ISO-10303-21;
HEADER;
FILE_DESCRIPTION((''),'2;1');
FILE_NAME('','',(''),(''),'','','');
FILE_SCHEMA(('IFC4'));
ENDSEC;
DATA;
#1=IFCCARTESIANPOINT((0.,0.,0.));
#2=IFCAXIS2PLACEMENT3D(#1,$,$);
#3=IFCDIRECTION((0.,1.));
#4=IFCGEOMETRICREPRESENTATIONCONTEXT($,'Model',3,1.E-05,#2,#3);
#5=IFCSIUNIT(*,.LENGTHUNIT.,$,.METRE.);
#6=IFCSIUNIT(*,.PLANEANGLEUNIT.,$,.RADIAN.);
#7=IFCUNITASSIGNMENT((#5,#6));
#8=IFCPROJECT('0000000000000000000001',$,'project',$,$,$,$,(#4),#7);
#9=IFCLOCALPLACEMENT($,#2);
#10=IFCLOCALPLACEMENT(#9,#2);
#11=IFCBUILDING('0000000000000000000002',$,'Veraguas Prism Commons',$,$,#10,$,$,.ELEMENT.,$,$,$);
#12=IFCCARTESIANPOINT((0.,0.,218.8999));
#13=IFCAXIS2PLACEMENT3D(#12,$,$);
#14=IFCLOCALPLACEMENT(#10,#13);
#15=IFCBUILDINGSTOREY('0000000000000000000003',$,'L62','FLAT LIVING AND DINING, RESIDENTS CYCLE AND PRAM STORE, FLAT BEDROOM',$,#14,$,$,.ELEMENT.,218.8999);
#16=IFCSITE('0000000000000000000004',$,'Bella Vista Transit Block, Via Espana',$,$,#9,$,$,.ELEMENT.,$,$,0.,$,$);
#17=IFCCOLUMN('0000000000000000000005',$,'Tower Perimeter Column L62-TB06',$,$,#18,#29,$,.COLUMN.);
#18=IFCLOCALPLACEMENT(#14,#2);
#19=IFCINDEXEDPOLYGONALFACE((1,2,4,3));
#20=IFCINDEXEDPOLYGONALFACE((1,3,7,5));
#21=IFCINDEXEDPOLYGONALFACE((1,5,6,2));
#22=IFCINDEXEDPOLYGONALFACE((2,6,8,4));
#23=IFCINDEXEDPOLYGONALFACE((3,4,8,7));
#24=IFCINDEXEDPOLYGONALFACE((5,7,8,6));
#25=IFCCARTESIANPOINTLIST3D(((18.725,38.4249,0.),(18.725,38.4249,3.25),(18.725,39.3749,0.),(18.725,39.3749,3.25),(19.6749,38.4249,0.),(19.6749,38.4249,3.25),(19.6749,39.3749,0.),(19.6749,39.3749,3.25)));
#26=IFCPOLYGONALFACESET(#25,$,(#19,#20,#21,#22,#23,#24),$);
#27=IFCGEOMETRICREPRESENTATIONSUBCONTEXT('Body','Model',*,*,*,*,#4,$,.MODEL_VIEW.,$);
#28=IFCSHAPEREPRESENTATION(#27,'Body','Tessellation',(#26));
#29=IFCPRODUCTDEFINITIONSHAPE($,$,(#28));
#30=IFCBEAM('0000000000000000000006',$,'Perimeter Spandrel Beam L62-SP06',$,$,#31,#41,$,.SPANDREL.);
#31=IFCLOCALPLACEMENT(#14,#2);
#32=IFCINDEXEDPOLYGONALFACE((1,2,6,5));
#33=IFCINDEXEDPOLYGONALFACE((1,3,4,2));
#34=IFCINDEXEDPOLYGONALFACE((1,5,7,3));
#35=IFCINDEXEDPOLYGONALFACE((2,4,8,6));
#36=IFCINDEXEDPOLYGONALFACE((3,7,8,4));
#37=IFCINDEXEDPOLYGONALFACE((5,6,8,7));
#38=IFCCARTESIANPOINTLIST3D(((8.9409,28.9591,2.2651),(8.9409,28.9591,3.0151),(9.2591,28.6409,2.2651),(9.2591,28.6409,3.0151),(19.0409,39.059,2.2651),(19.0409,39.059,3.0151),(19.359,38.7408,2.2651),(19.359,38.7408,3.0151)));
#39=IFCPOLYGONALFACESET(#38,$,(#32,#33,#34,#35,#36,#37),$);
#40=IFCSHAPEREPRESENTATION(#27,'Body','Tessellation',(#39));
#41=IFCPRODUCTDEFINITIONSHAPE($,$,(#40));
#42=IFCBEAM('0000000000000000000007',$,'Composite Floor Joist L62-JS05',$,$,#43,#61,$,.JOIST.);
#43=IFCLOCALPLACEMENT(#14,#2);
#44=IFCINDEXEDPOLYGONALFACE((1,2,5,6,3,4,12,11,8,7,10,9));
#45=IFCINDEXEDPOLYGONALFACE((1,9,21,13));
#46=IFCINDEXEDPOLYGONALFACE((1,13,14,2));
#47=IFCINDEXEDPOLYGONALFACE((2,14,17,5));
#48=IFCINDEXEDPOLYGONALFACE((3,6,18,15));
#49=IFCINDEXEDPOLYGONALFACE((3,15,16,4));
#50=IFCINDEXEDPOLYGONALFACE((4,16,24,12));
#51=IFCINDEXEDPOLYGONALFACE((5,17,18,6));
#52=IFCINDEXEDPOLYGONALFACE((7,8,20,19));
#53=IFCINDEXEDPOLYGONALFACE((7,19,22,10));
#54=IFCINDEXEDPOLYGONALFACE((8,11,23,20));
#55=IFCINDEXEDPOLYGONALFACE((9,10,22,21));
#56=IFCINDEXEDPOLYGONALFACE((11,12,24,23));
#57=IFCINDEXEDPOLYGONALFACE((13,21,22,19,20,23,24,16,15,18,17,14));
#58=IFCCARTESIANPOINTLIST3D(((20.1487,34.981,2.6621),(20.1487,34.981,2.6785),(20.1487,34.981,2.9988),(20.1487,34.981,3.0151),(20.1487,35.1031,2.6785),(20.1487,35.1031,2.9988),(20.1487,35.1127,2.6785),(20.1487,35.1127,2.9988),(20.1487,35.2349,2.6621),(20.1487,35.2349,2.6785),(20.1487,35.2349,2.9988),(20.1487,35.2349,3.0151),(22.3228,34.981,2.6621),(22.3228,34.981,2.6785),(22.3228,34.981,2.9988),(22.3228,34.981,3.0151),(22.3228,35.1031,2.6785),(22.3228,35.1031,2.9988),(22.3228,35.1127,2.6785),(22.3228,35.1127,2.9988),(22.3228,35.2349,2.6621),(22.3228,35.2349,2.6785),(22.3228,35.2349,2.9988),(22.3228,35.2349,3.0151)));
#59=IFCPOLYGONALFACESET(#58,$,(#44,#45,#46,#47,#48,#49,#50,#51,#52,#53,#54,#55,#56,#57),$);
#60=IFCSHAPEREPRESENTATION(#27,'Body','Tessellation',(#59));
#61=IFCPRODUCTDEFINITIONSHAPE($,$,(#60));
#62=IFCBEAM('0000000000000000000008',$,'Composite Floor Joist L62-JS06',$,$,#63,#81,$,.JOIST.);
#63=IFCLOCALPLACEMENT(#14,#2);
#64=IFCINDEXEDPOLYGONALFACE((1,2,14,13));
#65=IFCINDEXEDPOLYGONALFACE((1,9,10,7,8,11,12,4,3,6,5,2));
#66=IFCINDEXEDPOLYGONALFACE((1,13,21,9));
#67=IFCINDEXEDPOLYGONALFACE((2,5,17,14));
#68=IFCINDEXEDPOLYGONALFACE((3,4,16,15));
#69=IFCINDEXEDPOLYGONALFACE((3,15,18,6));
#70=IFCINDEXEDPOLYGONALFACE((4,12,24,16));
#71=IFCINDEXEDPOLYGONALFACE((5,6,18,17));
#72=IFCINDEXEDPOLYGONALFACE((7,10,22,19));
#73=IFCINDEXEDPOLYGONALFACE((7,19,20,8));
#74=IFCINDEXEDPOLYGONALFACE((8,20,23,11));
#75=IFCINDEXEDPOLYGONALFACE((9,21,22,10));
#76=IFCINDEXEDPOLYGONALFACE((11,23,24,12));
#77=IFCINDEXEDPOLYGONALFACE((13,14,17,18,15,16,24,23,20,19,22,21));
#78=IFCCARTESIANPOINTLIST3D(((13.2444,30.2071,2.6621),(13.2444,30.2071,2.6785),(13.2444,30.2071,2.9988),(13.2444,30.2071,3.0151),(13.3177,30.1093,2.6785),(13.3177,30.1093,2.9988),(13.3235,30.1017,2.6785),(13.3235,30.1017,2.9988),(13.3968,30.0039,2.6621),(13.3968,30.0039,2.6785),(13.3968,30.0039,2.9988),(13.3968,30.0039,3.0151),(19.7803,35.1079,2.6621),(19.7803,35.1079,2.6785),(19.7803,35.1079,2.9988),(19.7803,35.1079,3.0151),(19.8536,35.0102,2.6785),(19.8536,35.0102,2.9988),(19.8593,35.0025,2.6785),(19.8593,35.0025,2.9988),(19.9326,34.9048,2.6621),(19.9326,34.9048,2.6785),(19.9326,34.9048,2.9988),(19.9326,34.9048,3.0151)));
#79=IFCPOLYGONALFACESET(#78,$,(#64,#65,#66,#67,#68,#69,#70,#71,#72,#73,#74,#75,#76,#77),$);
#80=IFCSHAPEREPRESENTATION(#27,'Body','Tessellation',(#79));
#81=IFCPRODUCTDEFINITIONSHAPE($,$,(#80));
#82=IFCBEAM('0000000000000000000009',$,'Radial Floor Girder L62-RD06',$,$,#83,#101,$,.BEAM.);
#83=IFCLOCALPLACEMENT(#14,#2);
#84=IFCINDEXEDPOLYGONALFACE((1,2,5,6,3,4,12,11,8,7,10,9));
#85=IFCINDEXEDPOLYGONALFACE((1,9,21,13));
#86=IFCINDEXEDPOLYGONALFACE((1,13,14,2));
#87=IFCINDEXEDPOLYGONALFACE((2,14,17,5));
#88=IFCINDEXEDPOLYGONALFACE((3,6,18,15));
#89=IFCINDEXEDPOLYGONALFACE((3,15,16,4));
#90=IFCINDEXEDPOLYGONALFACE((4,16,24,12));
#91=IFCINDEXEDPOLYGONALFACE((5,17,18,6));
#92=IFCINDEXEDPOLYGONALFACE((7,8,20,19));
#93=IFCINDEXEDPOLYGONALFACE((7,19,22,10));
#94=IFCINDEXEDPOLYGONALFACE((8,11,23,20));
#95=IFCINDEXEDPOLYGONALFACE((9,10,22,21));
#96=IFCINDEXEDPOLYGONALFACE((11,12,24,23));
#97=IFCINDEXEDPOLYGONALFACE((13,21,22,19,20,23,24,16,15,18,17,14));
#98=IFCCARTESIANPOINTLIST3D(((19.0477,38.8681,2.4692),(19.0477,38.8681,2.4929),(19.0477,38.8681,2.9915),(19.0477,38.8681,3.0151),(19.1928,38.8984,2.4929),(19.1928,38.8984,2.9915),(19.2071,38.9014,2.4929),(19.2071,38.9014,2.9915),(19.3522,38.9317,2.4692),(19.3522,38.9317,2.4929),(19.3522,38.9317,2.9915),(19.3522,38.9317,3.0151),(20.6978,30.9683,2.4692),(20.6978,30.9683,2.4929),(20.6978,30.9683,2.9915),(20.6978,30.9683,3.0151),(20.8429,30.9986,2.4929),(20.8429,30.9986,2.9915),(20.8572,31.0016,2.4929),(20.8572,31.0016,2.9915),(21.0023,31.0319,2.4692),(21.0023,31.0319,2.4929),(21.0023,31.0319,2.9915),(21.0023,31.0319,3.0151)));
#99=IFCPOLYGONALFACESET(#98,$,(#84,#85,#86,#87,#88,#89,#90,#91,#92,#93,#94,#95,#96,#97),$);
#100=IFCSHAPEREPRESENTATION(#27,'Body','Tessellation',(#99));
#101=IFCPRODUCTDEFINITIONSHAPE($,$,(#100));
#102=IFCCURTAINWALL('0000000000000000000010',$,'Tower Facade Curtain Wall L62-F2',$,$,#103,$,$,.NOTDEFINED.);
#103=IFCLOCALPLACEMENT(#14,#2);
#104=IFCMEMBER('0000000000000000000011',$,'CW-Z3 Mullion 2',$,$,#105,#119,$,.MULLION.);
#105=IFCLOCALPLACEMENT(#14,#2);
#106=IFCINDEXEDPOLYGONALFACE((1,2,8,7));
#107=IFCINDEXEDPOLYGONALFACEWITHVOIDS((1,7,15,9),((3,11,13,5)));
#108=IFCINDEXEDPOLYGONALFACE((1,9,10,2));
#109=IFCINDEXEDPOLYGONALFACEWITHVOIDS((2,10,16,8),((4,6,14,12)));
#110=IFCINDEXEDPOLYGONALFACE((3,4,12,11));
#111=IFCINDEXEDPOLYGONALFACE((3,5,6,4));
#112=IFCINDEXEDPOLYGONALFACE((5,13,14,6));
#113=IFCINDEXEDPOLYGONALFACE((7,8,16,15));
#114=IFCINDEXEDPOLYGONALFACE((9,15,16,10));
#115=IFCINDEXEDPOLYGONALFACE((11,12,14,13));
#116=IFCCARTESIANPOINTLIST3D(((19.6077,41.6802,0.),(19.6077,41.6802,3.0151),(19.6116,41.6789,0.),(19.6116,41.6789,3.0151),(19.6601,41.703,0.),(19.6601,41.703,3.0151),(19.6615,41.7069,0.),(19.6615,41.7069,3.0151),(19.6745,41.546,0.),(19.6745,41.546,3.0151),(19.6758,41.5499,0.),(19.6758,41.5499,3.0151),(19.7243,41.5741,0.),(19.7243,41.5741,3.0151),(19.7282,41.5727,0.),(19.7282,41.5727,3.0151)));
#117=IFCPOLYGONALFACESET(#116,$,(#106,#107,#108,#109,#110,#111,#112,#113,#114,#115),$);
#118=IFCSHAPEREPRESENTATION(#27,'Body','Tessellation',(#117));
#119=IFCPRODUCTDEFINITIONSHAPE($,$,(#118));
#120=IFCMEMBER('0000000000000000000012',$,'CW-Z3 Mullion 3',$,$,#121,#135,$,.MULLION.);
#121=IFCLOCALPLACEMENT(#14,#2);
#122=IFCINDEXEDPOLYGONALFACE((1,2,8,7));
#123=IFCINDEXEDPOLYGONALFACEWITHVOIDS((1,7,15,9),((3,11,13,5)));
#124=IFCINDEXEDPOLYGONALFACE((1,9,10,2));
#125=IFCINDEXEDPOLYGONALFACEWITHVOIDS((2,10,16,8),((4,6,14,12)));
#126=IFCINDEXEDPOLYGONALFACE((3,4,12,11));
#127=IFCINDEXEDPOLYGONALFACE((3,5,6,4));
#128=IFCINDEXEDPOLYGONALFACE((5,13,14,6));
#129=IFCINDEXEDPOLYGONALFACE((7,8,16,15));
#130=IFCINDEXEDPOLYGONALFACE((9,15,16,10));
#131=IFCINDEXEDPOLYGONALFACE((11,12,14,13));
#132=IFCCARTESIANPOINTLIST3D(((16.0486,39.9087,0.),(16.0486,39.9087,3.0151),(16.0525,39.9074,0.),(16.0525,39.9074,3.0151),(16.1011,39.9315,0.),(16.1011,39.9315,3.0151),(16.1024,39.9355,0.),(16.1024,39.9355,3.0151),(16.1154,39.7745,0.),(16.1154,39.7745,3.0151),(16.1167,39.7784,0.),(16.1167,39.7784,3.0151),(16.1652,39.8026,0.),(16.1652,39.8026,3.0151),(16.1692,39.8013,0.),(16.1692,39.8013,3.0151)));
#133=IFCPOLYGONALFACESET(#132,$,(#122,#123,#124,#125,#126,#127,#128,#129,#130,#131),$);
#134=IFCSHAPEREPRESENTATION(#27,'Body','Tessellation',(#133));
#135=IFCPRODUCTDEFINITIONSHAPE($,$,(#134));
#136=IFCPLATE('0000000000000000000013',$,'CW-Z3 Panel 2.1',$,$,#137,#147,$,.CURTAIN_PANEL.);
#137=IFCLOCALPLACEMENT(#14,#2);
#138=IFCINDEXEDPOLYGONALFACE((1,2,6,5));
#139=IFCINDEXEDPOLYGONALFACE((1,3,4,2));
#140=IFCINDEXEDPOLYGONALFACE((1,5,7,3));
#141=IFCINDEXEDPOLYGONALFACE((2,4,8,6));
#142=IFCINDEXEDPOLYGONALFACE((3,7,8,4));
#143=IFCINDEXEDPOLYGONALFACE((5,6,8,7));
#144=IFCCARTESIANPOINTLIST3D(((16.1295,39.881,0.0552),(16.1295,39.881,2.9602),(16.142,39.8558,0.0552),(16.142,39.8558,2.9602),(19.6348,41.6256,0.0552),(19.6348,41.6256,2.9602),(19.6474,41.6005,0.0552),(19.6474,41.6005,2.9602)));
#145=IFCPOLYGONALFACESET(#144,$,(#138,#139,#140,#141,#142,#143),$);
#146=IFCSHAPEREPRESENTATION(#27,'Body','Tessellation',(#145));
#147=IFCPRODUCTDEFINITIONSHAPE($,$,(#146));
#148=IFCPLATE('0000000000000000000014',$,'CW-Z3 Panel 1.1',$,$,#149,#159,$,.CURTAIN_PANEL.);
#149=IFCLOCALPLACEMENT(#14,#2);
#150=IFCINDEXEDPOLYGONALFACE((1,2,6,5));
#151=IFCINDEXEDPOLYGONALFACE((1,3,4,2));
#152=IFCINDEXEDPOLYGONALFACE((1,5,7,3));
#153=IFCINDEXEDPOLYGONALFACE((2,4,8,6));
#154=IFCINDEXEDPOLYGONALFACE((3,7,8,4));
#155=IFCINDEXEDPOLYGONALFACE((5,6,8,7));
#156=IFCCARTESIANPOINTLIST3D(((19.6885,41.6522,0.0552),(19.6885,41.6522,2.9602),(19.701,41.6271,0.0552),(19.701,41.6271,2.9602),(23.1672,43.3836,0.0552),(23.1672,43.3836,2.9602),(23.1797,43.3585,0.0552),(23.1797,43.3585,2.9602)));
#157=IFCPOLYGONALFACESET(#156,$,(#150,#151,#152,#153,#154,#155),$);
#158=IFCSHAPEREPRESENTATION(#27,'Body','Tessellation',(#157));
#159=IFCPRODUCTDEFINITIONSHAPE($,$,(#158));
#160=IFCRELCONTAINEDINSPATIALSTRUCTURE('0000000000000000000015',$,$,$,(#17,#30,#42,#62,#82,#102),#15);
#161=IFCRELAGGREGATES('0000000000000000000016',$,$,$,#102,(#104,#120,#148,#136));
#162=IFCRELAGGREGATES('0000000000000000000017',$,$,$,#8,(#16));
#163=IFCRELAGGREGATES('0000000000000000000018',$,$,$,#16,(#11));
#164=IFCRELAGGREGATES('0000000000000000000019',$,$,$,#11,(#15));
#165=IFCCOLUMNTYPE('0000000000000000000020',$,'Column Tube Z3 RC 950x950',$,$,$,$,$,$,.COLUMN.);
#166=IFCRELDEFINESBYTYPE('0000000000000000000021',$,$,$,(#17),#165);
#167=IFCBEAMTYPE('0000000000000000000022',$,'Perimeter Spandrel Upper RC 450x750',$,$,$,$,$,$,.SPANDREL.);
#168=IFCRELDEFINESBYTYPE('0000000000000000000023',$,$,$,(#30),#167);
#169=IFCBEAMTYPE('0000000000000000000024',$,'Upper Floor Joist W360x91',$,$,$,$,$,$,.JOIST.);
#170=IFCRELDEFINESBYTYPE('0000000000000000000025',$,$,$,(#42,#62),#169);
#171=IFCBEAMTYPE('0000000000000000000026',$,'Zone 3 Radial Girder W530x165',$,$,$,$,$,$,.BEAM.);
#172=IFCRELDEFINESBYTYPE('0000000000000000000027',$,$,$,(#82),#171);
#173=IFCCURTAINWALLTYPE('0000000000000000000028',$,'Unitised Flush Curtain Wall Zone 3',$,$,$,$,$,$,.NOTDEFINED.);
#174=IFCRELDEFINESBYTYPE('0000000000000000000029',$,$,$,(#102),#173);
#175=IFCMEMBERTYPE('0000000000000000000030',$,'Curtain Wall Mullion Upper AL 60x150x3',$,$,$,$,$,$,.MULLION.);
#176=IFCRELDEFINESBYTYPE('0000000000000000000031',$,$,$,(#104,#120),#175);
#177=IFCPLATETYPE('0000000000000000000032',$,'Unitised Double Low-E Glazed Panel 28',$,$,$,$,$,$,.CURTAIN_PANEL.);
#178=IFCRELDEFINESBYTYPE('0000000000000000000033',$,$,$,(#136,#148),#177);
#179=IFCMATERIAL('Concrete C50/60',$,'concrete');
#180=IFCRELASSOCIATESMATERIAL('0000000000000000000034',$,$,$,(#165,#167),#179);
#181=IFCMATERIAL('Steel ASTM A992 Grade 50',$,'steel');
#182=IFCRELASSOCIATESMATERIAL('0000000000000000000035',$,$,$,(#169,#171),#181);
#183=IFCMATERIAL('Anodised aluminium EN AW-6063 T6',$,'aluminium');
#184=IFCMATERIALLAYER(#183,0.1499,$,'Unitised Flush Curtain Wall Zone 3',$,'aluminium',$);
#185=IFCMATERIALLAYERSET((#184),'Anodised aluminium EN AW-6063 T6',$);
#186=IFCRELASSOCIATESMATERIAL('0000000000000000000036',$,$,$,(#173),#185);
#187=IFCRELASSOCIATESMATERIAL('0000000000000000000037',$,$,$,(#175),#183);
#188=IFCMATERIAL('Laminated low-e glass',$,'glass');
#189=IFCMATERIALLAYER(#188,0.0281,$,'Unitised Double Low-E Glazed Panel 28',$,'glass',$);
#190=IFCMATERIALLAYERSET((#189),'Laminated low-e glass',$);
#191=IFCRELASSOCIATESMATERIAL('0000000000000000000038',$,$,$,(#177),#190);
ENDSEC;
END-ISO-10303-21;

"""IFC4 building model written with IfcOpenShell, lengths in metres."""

from ifc_helpers import new_model, si_unit, direction, frame, origin, origin_2d, place, context, subcontext, project, spatial, rectangle, hollow_rectangle, i_section, extrude, source, transform, mapped, material, layer, layer_set, material_profile, profile_set, type_object, element, aggregate, save


model = new_model("IFC4")

# Units and contexts
model_context = context("Model", 3, precision=1e-05, world=origin(), true_north=direction((0.0, 1.0)))
body_context = subcontext(model_context, "Body", "Model", "MODEL_VIEW")
ifc_project = project(units=[si_unit("LENGTHUNIT", "METRE"), si_unit("PLANEANGLEUNIT", "RADIAN")], contexts=[model_context])

# Site, building, storey
site_placement = place(None, origin())
site = spatial("IfcSite", under=ifc_project, at=site_placement, Name="Bella Vista Transit Block, Via Espana", CompositionType="ELEMENT", RefElevation=0.0)
building_placement = place(site_placement, origin())
building = spatial("IfcBuilding", under=site, at=building_placement, Name="Veraguas Prism Commons", CompositionType="ELEMENT")
storey_placement = place(building_placement, frame((0.0, 0.0, 218.8999)))
storey = spatial("IfcBuildingStorey", under=building, at=storey_placement, Name="L62", Description="FLAT LIVING AND DINING, RESIDENTS CYCLE AND PRAM STORE, FLAT BEDROOM", CompositionType="ELEMENT", Elevation=218.8999)

# Column
ifc_material_1 = material(Name="Concrete C50/60", Category="concrete")
ifc_material_profile_1 = material_profile(ifc_material_1, rectangle(XDim=0.95, YDim=0.95, at=origin_2d()), Name="RC950X950")
ifc_profile_set_1 = profile_set([ifc_material_profile_1], Name="Concrete C50/60")
column_type = type_object("IfcColumnType", Name="Column Tube Z3 RC 950x950", PredefinedType="COLUMN", material=ifc_profile_set_1)
column_placement = place(storey_placement, frame((19.2, 38.8999, 0.0), z_axis=(0.0, 0.0, 1.0), x_axis=(1.0, 0.0, 0.0)))
element("IfcColumn", 1, at=column_placement, inside=storey, type_object=column_type, Name="Tower Perimeter Column L62-TB06", PredefinedType="COLUMN", context=body_context, shape_type="SweptSolid", body=[
    extrude(rectangle(XDim=0.95, YDim=0.95, at=origin_2d()), origin(), (0.0, 0.0, 1.0), 3.25),
])

# Beams
ifc_material_profile_2 = material_profile(ifc_material_1, rectangle(XDim=0.45, YDim=0.75, at=origin_2d()), Name="RC450X750")
ifc_profile_set_2 = profile_set([ifc_material_profile_2], Name="Concrete C50/60")
beam_type_1 = type_object("IfcBeamType", Name="Perimeter Spandrel Upper RC 450x750", PredefinedType="SPANDREL", material=ifc_profile_set_2)
beam_1_placement = place(storey_placement, frame((19.2, 38.8999, 2.6401), z_axis=(-0.707107, -0.707107, 0.0), x_axis=(0.707107, -0.707107, 0.0)))
element("IfcBeam", 2, at=beam_1_placement, inside=storey, type_object=beam_type_1, Name="Perimeter Spandrel Beam L62-SP06", PredefinedType="SPANDREL", context=body_context, shape_type="SweptSolid", body=[
    extrude(rectangle(XDim=0.45, YDim=0.75, at=origin_2d()), origin(), (0.0, 0.0, 1.0), 14.2834),
])
ifc_material_2 = material(Name="Steel ASTM A992 Grade 50", Category="steel")
ifc_material_profile_3 = material_profile(ifc_material_2, i_section(OverallWidth=0.2539, OverallDepth=0.353, WebThickness=0.0095, FlangeThickness=0.0164, at=origin_2d()), Name="W360X91")
ifc_profile_set_3 = profile_set([ifc_material_profile_3], Name="Steel ASTM A992 Grade 50")
beam_type_2 = type_object("IfcBeamType", Name="Upper Floor Joist W360x91", PredefinedType="JOIST", material=ifc_profile_set_3)
beam_2_placement = place(storey_placement, frame((22.3228, 35.1079, 2.8386), z_axis=(-1.0, 0.0, 0.0), x_axis=(0.0, -1.0, 0.0)))
element("IfcBeam", 3, at=beam_2_placement, inside=storey, type_object=beam_type_2, Name="Composite Floor Joist L62-JS05", PredefinedType="JOIST", context=body_context, shape_type="SweptSolid", body=[
    extrude(i_section(OverallWidth=0.2539, OverallDepth=0.353, WebThickness=0.0095, FlangeThickness=0.0164, at=origin_2d()), origin(), (0.0, 0.0, 1.0), 2.1741),
])
beam_3_placement = place(storey_placement, frame((19.8564, 35.0063, 2.8386), z_axis=(-0.800061, -0.599919, 0.0), x_axis=(0.599919, -0.800061, 0.0)))
element("IfcBeam", 4, at=beam_3_placement, inside=storey, type_object=beam_type_2, Name="Composite Floor Joist L62-JS06", PredefinedType="JOIST", context=body_context, shape_type="SweptSolid", body=[
    extrude(i_section(OverallWidth=0.2539, OverallDepth=0.353, WebThickness=0.0095, FlangeThickness=0.0164, at=origin_2d()), origin(), (0.0, 0.0, 1.0), 8.1692),
])
ifc_material_profile_4 = material_profile(ifc_material_2, i_section(OverallWidth=0.311, OverallDepth=0.5459, WebThickness=0.0146, FlangeThickness=0.0237, at=origin_2d()), Name="W530X165")
ifc_profile_set_4 = profile_set([ifc_material_profile_4], Name="Steel ASTM A992 Grade 50")
beam_type_3 = type_object("IfcBeamType", Name="Zone 3 Radial Girder W530x165", PredefinedType="BEAM", material=ifc_profile_set_4)
beam_4_placement = place(storey_placement, frame((19.2, 38.8999, 2.7422), z_axis=(0.204469, -0.978873, 0.0), x_axis=(0.978873, 0.204469, 0.0)))
element("IfcBeam", 5, at=beam_4_placement, inside=storey, type_object=beam_type_3, Name="Radial Floor Girder L62-RD06", PredefinedType="BEAM", context=body_context, shape_type="SweptSolid", body=[
    extrude(i_section(OverallWidth=0.311, OverallDepth=0.5459, WebThickness=0.0146, FlangeThickness=0.0237, at=origin_2d()), origin(), (0.0, 0.0, 1.0), 8.0703),
])

# Curtain wall, members, plates
ifc_material_3 = material(Name="Anodised aluminium EN AW-6063 T6", Category="aluminium")
ifc_layer_1 = layer(ifc_material_3, 0.1499, Name="Unitised Flush Curtain Wall Zone 3", Category="aluminium")
ifc_layer_set_1 = layer_set([ifc_layer_1], Name="Anodised aluminium EN AW-6063 T6")
curtain_wall_type = type_object("IfcCurtainWallType", Name="Unitised Flush Curtain Wall Zone 3", PredefinedType="NOTDEFINED", material=ifc_layer_set_1)
curtain_wall_placement = place(storey_placement, origin())
curtain_wall = element("IfcCurtainWall", 6, at=curtain_wall_placement, inside=storey, type_object=curtain_wall_type, Name="Tower Facade Curtain Wall L62-F2", PredefinedType="NOTDEFINED")
ifc_material_profile_5 = material_profile(ifc_material_3, hollow_rectangle(XDim=0.0601, YDim=0.1499, WallThickness=0.0029, at=origin_2d()), Name="AL60X150X3")
ifc_profile_set_5 = profile_set([ifc_material_profile_5], Name="Anodised aluminium EN AW-6063 T6")
member_type = type_object("IfcMemberType", Name="Curtain Wall Mullion Upper AL 60x150x3", PredefinedType="MULLION", material=ifc_profile_set_5)
shared_shape_1 = source(origin(), body_context, "Body", "SweptSolid", [
    extrude(hollow_rectangle(XDim=0.0601, YDim=0.1499, WallThickness=0.0029, at=origin_2d()), origin(), (0.0, 0.0, 1.0), 3.0151),
])
member_1_placement = place(storey_placement, frame((19.668, 41.6265, 0.0), z_axis=(0.0, 0.0, 1.0), x_axis=(-0.895243, -0.445578, 0.0)))
member_1 = element("IfcMember", 7, at=member_1_placement, type_object=member_type, Name="CW-Z3 Mullion 2", PredefinedType="MULLION", context=body_context, shape_type="MappedRepresentation", body=[
    mapped(shared_shape_1, transform((0.0, 0.0, 0.0), scale=1.0)),
])
member_2_placement = place(storey_placement, frame((16.1089, 39.855, 0.0), z_axis=(0.0, 0.0, 1.0), x_axis=(-0.895243, -0.445578, 0.0)))
member_2 = element("IfcMember", 8, at=member_2_placement, type_object=member_type, Name="CW-Z3 Mullion 3", PredefinedType="MULLION", context=body_context, shape_type="MappedRepresentation", body=[
    mapped(shared_shape_1, transform((0.0, 0.0, 0.0), scale=1.0)),
])
ifc_material_4 = material(Name="Laminated low-e glass", Category="glass")
ifc_layer_2 = layer(ifc_material_4, 0.0281, Name="Unitised Double Low-E Glazed Panel 28", Category="glass")
ifc_layer_set_2 = layer_set([ifc_layer_2], Name="Laminated low-e glass")
plate_type = type_object("IfcPlateType", Name="Unitised Double Low-E Glazed Panel 28", PredefinedType="CURTAIN_PANEL", material=ifc_layer_set_2)
shared_shape_2 = source(origin(), body_context, "Body", "SweptSolid", [
    extrude(rectangle(XDim=3.9155, YDim=0.0281, at=origin_2d()), origin(), (0.0, 0.0, 1.0), 2.905),
])
plate_1_placement = place(storey_placement, frame((17.8884, 40.7407, 0.0552), z_axis=(0.0, 0.0, 1.0), x_axis=(-0.895243, -0.445578, 0.0)))
plate_1 = element("IfcPlate", 9, at=plate_1_placement, type_object=plate_type, Name="CW-Z3 Panel 2.1", PredefinedType="CURTAIN_PANEL", context=body_context, shape_type="MappedRepresentation", body=[
    mapped(shared_shape_2, transform((0.0, 0.0, 0.0), scale=1.0)),
])
shared_shape_3 = source(origin(), body_context, "Body", "SweptSolid", [
    extrude(rectangle(XDim=3.8857, YDim=0.0281, at=origin_2d()), origin(), (0.0, 0.0, 1.0), 2.905),
])
plate_2_placement = place(storey_placement, frame((21.4341, 42.5054, 0.0552), z_axis=(0.0, 0.0, 1.0), x_axis=(-0.895243, -0.445578, 0.0)))
plate_2 = element("IfcPlate", 10, at=plate_2_placement, type_object=plate_type, Name="CW-Z3 Panel 1.1", PredefinedType="CURTAIN_PANEL", context=body_context, shape_type="MappedRepresentation", body=[
    mapped(shared_shape_3, transform((0.0, 0.0, 0.0), scale=1.0)),
])
aggregate(curtain_wall, [member_1, member_2, plate_2, plate_1])

save(model, "model.ifc")
